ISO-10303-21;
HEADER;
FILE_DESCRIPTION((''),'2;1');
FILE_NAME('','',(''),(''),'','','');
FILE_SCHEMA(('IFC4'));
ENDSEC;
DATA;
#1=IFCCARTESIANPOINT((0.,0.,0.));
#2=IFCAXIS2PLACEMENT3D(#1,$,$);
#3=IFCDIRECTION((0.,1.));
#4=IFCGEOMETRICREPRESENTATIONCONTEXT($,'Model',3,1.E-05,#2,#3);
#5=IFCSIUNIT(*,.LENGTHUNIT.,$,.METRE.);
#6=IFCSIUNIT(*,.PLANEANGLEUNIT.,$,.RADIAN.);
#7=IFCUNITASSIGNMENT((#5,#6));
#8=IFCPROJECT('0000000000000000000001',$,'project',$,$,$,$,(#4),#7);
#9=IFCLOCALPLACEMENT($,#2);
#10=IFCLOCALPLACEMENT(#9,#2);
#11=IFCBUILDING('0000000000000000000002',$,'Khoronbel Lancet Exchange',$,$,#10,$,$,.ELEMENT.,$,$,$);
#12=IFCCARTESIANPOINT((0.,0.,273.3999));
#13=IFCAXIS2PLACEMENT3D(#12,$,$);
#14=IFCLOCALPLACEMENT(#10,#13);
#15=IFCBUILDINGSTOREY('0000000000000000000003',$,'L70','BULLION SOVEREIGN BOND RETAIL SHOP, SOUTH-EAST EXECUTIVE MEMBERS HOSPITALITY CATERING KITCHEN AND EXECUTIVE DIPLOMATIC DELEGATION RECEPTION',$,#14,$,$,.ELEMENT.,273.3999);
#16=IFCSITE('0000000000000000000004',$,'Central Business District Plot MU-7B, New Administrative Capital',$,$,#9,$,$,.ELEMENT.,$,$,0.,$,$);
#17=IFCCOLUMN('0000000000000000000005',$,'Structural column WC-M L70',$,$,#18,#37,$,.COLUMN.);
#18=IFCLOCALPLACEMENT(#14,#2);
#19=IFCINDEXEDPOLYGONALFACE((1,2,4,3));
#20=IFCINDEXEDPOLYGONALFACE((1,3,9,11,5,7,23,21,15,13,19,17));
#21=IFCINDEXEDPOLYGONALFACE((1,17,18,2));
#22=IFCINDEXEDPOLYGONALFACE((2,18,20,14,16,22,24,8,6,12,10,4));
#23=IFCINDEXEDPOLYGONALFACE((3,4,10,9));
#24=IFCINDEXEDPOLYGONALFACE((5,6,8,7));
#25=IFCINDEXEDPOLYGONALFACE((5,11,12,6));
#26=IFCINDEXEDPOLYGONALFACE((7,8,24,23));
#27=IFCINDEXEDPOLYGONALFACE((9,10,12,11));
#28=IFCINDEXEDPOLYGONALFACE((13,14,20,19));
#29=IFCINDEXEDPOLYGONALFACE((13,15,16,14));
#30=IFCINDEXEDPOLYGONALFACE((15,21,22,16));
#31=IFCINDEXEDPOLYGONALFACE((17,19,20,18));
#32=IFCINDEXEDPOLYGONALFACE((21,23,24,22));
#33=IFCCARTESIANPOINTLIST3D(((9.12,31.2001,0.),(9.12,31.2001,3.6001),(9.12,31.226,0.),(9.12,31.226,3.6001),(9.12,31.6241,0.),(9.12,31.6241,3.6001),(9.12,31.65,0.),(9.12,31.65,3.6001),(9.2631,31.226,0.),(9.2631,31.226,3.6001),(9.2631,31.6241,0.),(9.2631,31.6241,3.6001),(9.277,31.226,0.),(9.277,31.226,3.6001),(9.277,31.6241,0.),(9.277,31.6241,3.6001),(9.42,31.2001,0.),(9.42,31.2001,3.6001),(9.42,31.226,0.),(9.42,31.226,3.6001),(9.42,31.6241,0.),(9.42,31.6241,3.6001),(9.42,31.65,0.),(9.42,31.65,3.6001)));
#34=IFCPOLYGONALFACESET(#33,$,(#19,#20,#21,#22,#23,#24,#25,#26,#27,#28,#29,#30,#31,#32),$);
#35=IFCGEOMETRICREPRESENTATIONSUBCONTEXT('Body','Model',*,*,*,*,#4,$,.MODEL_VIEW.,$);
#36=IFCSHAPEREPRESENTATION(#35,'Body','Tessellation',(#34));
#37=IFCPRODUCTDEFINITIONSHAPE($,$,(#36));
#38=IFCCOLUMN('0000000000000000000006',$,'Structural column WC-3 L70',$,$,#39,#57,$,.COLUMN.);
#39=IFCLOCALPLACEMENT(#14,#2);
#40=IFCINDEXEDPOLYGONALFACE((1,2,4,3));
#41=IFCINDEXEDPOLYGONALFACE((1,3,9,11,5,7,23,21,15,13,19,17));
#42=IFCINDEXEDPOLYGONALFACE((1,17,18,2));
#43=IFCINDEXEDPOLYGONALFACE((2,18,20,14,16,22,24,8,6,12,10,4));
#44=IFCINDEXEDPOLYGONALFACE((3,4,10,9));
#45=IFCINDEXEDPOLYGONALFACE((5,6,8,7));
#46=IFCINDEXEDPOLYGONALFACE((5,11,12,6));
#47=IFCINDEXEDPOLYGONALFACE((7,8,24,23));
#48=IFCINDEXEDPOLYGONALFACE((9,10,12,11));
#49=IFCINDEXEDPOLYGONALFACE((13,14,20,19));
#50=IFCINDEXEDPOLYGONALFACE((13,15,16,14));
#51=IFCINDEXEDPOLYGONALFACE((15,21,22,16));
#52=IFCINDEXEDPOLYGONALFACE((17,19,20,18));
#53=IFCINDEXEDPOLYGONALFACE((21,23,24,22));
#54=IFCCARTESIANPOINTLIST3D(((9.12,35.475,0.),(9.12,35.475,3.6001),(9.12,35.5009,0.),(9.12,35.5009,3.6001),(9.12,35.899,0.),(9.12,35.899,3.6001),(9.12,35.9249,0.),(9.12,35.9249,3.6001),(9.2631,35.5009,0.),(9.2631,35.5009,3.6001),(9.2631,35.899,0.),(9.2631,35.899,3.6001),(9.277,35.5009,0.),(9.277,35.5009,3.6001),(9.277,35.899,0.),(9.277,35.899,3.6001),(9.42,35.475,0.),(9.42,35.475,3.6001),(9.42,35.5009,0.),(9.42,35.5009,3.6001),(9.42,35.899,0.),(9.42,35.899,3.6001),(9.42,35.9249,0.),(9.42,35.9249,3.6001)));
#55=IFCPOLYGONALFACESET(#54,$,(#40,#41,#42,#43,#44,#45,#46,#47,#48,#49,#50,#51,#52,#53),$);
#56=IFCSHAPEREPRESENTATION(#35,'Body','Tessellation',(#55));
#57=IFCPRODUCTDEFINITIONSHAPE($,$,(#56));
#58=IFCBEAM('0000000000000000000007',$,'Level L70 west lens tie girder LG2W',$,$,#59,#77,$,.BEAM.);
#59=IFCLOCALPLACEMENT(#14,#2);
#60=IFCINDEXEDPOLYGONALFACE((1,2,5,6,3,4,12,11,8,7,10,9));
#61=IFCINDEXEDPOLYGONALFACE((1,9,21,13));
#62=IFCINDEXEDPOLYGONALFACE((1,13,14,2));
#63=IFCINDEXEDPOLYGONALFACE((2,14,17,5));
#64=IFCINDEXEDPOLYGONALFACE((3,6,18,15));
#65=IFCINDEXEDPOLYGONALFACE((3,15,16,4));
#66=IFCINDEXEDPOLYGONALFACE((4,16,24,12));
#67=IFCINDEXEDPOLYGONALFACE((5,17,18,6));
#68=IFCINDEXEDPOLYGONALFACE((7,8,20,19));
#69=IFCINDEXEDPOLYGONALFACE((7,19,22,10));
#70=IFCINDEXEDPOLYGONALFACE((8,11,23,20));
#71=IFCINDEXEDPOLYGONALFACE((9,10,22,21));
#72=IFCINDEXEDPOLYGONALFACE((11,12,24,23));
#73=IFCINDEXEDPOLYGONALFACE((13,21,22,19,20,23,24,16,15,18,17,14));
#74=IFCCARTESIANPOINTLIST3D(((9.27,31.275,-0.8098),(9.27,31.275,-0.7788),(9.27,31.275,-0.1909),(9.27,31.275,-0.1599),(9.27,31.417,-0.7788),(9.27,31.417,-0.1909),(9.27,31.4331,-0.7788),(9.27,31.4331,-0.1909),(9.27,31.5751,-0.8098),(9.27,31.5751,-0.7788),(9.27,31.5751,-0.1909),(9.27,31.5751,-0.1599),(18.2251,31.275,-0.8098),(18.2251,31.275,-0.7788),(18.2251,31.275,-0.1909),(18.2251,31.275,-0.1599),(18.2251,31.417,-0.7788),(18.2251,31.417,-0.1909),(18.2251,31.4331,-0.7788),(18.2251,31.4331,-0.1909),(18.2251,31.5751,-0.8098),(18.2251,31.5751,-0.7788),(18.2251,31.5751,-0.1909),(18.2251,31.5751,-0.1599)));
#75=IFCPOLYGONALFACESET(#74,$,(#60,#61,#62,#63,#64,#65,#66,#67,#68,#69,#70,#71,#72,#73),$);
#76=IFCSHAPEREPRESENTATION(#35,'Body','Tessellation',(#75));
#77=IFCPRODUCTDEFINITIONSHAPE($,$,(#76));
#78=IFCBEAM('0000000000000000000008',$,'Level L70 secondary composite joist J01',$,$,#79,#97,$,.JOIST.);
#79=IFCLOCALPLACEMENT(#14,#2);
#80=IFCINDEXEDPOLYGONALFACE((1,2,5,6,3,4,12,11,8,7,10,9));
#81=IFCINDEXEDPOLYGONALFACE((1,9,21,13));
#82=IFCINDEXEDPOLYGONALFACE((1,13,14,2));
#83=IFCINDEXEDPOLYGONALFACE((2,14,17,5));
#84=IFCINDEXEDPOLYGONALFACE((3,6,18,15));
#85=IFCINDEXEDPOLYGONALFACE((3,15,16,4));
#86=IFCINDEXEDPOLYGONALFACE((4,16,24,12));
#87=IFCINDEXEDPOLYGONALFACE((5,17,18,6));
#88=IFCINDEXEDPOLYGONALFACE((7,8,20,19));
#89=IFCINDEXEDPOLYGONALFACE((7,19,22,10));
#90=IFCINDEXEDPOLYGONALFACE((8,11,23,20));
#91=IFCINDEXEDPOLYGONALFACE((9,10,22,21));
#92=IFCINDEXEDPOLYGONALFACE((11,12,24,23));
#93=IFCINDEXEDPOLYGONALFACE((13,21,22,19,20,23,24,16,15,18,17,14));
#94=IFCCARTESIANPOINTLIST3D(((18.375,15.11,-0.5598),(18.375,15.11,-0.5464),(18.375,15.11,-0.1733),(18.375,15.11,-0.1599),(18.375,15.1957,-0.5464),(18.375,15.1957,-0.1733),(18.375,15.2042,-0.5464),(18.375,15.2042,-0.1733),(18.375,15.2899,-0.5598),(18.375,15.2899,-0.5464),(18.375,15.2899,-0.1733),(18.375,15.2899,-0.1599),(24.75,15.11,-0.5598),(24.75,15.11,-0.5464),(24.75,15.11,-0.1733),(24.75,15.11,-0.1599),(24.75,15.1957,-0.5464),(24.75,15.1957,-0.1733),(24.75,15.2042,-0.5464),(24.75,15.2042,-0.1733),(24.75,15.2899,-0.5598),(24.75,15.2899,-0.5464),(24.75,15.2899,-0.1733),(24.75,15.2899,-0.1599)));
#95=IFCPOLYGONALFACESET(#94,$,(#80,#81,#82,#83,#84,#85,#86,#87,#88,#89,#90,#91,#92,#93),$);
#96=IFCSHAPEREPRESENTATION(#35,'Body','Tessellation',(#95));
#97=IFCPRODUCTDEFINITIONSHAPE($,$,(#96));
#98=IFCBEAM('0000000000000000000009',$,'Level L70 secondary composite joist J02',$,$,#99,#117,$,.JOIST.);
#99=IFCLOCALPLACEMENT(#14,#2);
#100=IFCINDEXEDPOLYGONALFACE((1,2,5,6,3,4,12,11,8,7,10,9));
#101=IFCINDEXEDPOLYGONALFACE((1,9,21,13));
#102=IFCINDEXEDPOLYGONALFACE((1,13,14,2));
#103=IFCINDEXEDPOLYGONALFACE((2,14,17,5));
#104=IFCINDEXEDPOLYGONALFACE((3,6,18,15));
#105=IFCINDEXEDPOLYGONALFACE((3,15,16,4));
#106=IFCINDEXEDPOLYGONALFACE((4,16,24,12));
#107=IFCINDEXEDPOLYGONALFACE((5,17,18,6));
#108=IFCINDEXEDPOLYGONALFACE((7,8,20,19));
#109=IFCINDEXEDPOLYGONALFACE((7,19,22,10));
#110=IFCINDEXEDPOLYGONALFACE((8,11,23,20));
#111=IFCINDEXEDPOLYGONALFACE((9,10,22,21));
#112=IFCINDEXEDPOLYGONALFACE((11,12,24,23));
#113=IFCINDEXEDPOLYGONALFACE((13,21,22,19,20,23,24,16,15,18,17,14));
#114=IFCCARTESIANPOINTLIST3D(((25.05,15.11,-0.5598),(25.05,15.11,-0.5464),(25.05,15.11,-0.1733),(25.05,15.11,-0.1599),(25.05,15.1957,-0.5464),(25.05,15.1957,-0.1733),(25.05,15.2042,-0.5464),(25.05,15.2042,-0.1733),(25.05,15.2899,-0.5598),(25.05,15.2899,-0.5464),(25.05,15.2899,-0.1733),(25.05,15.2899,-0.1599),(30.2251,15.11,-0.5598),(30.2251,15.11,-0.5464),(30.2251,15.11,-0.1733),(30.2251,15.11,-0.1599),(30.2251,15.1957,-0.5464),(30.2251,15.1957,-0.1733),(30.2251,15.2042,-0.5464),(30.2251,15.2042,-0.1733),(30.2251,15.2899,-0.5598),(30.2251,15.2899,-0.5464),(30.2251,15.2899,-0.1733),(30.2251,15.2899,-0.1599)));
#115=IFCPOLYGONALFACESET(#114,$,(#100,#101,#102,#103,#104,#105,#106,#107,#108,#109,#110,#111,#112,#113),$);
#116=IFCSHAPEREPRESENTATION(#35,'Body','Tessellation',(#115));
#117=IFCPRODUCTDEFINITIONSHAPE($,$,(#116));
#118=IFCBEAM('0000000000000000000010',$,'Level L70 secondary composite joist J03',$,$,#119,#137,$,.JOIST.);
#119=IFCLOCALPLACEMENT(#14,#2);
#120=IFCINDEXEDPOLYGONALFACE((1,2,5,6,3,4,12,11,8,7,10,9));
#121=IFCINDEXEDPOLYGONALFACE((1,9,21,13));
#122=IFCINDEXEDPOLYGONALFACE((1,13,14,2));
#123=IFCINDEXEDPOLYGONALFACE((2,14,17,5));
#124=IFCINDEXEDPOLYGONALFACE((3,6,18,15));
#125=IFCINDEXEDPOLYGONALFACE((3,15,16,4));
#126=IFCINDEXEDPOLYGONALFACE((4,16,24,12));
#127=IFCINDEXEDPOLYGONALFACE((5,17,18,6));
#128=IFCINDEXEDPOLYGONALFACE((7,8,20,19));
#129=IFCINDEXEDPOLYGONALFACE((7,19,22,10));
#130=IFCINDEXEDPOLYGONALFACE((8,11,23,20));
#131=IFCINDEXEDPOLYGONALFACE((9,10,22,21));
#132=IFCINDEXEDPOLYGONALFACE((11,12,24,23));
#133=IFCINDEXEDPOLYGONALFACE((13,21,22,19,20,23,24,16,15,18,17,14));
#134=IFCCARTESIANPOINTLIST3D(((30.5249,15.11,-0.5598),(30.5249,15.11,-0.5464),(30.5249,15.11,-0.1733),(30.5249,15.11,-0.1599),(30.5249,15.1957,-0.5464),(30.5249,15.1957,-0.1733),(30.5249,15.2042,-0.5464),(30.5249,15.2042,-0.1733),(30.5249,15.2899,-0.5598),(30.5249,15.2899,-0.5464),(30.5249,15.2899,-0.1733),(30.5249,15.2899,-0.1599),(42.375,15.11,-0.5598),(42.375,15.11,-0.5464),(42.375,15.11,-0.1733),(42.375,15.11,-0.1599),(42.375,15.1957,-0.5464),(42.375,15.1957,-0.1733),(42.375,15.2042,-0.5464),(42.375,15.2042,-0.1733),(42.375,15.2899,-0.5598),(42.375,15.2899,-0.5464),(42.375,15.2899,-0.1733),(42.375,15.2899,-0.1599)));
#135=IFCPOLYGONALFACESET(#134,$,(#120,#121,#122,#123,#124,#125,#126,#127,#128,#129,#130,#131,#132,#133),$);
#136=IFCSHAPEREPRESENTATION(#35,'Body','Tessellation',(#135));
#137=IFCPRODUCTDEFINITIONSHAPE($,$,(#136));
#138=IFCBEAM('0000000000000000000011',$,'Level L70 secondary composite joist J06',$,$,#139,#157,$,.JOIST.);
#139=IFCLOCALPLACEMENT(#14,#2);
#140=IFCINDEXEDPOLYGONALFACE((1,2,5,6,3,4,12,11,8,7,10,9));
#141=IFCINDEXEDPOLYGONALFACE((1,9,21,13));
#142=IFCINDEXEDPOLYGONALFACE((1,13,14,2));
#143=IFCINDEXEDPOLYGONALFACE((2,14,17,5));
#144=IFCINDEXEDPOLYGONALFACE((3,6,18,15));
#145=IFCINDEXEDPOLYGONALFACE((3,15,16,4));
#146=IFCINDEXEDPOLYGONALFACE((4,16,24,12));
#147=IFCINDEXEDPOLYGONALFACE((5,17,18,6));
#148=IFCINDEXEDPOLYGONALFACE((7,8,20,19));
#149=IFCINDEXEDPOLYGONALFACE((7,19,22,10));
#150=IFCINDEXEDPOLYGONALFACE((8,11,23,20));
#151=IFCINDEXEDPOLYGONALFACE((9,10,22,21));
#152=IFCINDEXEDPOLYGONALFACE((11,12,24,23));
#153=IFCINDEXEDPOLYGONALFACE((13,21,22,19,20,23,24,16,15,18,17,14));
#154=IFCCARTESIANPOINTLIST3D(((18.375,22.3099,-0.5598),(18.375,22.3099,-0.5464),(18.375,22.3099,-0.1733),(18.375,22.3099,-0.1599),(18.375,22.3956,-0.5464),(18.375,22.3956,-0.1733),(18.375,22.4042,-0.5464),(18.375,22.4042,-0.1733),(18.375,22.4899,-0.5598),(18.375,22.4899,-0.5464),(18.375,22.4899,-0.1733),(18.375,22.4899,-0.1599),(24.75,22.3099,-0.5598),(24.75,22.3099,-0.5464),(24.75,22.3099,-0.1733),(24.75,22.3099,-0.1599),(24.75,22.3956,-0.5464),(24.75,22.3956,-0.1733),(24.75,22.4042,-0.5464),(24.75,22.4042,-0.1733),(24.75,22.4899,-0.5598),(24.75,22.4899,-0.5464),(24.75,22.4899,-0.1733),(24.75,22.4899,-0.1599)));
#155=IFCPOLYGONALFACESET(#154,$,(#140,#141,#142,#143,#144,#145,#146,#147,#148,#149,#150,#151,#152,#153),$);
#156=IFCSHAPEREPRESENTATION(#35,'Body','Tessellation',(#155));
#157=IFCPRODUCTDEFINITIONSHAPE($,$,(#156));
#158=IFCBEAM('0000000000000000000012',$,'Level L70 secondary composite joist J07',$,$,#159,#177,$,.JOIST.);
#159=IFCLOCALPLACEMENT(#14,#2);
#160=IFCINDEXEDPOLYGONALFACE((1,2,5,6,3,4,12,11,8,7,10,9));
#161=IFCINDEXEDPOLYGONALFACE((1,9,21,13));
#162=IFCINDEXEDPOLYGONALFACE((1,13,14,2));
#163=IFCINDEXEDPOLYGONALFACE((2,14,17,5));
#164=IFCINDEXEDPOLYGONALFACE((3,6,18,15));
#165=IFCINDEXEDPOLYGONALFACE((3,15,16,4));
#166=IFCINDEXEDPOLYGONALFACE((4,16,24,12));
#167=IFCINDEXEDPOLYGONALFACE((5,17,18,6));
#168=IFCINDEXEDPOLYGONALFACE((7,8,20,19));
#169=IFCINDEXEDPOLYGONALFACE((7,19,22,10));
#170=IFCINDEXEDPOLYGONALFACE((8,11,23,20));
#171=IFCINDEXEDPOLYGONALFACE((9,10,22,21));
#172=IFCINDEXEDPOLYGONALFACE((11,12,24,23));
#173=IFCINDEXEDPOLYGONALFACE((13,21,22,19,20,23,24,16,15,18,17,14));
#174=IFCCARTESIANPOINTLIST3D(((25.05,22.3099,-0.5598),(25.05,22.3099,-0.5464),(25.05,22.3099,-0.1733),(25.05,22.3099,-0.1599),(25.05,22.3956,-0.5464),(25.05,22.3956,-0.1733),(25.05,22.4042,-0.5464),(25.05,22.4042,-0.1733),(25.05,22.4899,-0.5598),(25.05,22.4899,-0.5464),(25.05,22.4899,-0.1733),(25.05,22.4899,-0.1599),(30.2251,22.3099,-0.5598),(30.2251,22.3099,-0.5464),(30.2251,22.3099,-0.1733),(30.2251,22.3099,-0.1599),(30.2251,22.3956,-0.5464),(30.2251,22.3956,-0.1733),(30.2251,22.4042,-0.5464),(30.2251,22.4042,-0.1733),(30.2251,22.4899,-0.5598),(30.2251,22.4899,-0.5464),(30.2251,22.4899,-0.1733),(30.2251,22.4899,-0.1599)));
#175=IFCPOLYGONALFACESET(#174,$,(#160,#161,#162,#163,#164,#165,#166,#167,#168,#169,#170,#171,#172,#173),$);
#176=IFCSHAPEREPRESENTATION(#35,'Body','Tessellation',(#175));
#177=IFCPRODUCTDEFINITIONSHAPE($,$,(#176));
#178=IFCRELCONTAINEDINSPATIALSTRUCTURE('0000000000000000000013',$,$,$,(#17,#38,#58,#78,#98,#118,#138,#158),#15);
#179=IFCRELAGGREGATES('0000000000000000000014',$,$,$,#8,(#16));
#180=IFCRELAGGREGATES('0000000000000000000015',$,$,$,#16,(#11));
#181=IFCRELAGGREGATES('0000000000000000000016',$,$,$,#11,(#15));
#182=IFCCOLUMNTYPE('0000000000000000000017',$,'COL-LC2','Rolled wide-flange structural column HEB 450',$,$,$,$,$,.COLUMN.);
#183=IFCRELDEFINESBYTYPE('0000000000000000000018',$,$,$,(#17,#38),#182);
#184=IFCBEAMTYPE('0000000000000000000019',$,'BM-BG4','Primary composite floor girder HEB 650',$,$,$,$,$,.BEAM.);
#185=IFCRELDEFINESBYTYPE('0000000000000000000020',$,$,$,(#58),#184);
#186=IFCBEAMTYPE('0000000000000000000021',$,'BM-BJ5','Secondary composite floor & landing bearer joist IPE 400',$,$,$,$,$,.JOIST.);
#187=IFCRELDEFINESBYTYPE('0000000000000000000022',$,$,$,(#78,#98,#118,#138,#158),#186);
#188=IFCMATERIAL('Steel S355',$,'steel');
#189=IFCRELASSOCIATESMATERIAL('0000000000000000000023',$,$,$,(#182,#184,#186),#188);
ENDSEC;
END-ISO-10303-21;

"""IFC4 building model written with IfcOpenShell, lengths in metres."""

from ifc_helpers import new_model, si_unit, direction, frame, origin, origin_2d, place, context, subcontext, project, spatial, i_section, extrude, material, material_profile, profile_set, type_object, element, save


model = new_model("IFC4")

# Units and contexts
model_context = context("Model", 3, precision=1e-05, world=origin(), true_north=direction((0.0, 1.0)))
body_context = subcontext(model_context, "Body", "Model", "MODEL_VIEW")
ifc_project = project(units=[si_unit("LENGTHUNIT", "METRE"), si_unit("PLANEANGLEUNIT", "RADIAN")], contexts=[model_context])

# Site, building, storey
site_placement = place(None, origin())
site = spatial("IfcSite", under=ifc_project, at=site_placement, Name="Central Business District Plot MU-7B, New Administrative Capital", CompositionType="ELEMENT", RefElevation=0.0)
building_placement = place(site_placement, origin())
building = spatial("IfcBuilding", under=site, at=building_placement, Name="Khoronbel Lancet Exchange", CompositionType="ELEMENT")
storey_placement = place(building_placement, frame((0.0, 0.0, 273.3999)))
storey = spatial("IfcBuildingStorey", under=building, at=storey_placement, Name="L70", Description="BULLION SOVEREIGN BOND RETAIL SHOP, SOUTH-EAST EXECUTIVE MEMBERS HOSPITALITY CATERING KITCHEN AND EXECUTIVE DIPLOMATIC DELEGATION RECEPTION", CompositionType="ELEMENT", Elevation=273.3999)

# Columns
ifc_material_1 = material(Name="Steel S355", Category="steel")
ifc_material_profile_1 = material_profile(ifc_material_1, i_section(OverallWidth=0.3, OverallDepth=0.45, WebThickness=0.0139, FlangeThickness=0.0259, at=origin_2d()), Name="HEB 450")
ifc_profile_set_1 = profile_set([ifc_material_profile_1], Name="Steel S355")
column_type = type_object("IfcColumnType", Name="COL-LC2", Description="Rolled wide-flange structural column HEB 450", PredefinedType="COLUMN", material=ifc_profile_set_1)
for number, where, z_axis, x_axis, name in (
    (1, (9.27, 31.425, 0.0), (0.0, 0.0, 1.0), (1.0, 0.0, 0.0), "Structural column WC-M L70"),
    (2, (9.27, 35.7, 0.0), (0.0, 0.0, 1.0), (1.0, 0.0, 0.0), "Structural column WC-3 L70"),
):
    element("IfcColumn", number, at=place(storey_placement, frame(where, z_axis=z_axis, x_axis=x_axis)), inside=storey, type_object=column_type, Name=name, PredefinedType="COLUMN", context=body_context, shape_type="SweptSolid", body=[
        extrude(i_section(OverallWidth=0.3, OverallDepth=0.45, WebThickness=0.0139, FlangeThickness=0.0259, at=origin_2d()), origin(), (0.0, 0.0, 1.0), 3.6001),
    ])

# Beams
ifc_material_profile_2 = material_profile(ifc_material_1, i_section(OverallWidth=0.3, OverallDepth=0.6499, WebThickness=0.0161, FlangeThickness=0.031, at=origin_2d()), Name="HEB 650")
ifc_profile_set_2 = profile_set([ifc_material_profile_2], Name="Steel S355")
beam_type_1 = type_object("IfcBeamType", Name="BM-BG4", Description="Primary composite floor girder HEB 650", PredefinedType="BEAM", material=ifc_profile_set_2)
beam_1_placement = place(storey_placement, frame((9.27, 31.425, -0.4849), z_axis=(1.0, 0.0, 0.0), x_axis=(0.0, 1.0, 0.0)))
element("IfcBeam", 3, at=beam_1_placement, inside=storey, type_object=beam_type_1, Name="Level L70 west lens tie girder LG2W", PredefinedType="BEAM", context=body_context, shape_type="SweptSolid", body=[
    extrude(i_section(OverallWidth=0.3, OverallDepth=0.6499, WebThickness=0.0161, FlangeThickness=0.031, at=origin_2d()), origin(), (0.0, 0.0, 1.0), 8.9551),
])
ifc_material_profile_3 = material_profile(ifc_material_1, i_section(OverallWidth=0.1799, OverallDepth=0.3999, WebThickness=0.0085, FlangeThickness=0.0134, at=origin_2d()), Name="IPE 400")
ifc_profile_set_3 = profile_set([ifc_material_profile_3], Name="Steel S355")
beam_type_2 = type_object("IfcBeamType", Name="BM-BJ5", Description="Secondary composite floor & landing bearer joist IPE 400", PredefinedType="JOIST", material=ifc_profile_set_3)
beam_2_placement = place(storey_placement, frame((18.375, 15.2, -0.3599), z_axis=(1.0, 0.0, 0.0), x_axis=(0.0, 1.0, 0.0)))
element("IfcBeam", 4, at=beam_2_placement, inside=storey, type_object=beam_type_2, Name="Level L70 secondary composite joist J01", PredefinedType="JOIST", context=body_context, shape_type="SweptSolid", body=[
    extrude(i_section(OverallWidth=0.1799, OverallDepth=0.3999, WebThickness=0.0085, FlangeThickness=0.0134, at=origin_2d()), origin(), (0.0, 0.0, 1.0), 6.375),
])
beam_3_placement = place(storey_placement, frame((25.05, 15.2, -0.3599), z_axis=(1.0, 0.0, 0.0), x_axis=(0.0, 1.0, 0.0)))
element("IfcBeam", 5, at=beam_3_placement, inside=storey, type_object=beam_type_2, Name="Level L70 secondary composite joist J02", PredefinedType="JOIST", context=body_context, shape_type="SweptSolid", body=[
    extrude(i_section(OverallWidth=0.1799, OverallDepth=0.3999, WebThickness=0.0085, FlangeThickness=0.0134, at=origin_2d()), origin(), (0.0, 0.0, 1.0), 5.175),
])
beam_4_placement = place(storey_placement, frame((30.5249, 15.2, -0.3599), z_axis=(1.0, 0.0, 0.0), x_axis=(0.0, 1.0, 0.0)))
element("IfcBeam", 6, at=beam_4_placement, inside=storey, type_object=beam_type_2, Name="Level L70 secondary composite joist J03", PredefinedType="JOIST", context=body_context, shape_type="SweptSolid", body=[
    extrude(i_section(OverallWidth=0.1799, OverallDepth=0.3999, WebThickness=0.0085, FlangeThickness=0.0134, at=origin_2d()), origin(), (0.0, 0.0, 1.0), 11.8501),
])
beam_5_placement = place(storey_placement, frame((18.375, 22.3999, -0.3599), z_axis=(1.0, 0.0, 0.0), x_axis=(0.0, 1.0, 0.0)))
element("IfcBeam", 7, at=beam_5_placement, inside=storey, type_object=beam_type_2, Name="Level L70 secondary composite joist J06", PredefinedType="JOIST", context=body_context, shape_type="SweptSolid", body=[
    extrude(i_section(OverallWidth=0.1799, OverallDepth=0.3999, WebThickness=0.0085, FlangeThickness=0.0134, at=origin_2d()), origin(), (0.0, 0.0, 1.0), 6.375),
])
beam_6_placement = place(storey_placement, frame((25.05, 22.3999, -0.3599), z_axis=(1.0, 0.0, 0.0), x_axis=(0.0, 1.0, 0.0)))
element("IfcBeam", 8, at=beam_6_placement, inside=storey, type_object=beam_type_2, Name="Level L70 secondary composite joist J07", PredefinedType="JOIST", context=body_context, shape_type="SweptSolid", body=[
    extrude(i_section(OverallWidth=0.1799, OverallDepth=0.3999, WebThickness=0.0085, FlangeThickness=0.0134, at=origin_2d()), origin(), (0.0, 0.0, 1.0), 5.175),
])

save(model, "model.ifc")
